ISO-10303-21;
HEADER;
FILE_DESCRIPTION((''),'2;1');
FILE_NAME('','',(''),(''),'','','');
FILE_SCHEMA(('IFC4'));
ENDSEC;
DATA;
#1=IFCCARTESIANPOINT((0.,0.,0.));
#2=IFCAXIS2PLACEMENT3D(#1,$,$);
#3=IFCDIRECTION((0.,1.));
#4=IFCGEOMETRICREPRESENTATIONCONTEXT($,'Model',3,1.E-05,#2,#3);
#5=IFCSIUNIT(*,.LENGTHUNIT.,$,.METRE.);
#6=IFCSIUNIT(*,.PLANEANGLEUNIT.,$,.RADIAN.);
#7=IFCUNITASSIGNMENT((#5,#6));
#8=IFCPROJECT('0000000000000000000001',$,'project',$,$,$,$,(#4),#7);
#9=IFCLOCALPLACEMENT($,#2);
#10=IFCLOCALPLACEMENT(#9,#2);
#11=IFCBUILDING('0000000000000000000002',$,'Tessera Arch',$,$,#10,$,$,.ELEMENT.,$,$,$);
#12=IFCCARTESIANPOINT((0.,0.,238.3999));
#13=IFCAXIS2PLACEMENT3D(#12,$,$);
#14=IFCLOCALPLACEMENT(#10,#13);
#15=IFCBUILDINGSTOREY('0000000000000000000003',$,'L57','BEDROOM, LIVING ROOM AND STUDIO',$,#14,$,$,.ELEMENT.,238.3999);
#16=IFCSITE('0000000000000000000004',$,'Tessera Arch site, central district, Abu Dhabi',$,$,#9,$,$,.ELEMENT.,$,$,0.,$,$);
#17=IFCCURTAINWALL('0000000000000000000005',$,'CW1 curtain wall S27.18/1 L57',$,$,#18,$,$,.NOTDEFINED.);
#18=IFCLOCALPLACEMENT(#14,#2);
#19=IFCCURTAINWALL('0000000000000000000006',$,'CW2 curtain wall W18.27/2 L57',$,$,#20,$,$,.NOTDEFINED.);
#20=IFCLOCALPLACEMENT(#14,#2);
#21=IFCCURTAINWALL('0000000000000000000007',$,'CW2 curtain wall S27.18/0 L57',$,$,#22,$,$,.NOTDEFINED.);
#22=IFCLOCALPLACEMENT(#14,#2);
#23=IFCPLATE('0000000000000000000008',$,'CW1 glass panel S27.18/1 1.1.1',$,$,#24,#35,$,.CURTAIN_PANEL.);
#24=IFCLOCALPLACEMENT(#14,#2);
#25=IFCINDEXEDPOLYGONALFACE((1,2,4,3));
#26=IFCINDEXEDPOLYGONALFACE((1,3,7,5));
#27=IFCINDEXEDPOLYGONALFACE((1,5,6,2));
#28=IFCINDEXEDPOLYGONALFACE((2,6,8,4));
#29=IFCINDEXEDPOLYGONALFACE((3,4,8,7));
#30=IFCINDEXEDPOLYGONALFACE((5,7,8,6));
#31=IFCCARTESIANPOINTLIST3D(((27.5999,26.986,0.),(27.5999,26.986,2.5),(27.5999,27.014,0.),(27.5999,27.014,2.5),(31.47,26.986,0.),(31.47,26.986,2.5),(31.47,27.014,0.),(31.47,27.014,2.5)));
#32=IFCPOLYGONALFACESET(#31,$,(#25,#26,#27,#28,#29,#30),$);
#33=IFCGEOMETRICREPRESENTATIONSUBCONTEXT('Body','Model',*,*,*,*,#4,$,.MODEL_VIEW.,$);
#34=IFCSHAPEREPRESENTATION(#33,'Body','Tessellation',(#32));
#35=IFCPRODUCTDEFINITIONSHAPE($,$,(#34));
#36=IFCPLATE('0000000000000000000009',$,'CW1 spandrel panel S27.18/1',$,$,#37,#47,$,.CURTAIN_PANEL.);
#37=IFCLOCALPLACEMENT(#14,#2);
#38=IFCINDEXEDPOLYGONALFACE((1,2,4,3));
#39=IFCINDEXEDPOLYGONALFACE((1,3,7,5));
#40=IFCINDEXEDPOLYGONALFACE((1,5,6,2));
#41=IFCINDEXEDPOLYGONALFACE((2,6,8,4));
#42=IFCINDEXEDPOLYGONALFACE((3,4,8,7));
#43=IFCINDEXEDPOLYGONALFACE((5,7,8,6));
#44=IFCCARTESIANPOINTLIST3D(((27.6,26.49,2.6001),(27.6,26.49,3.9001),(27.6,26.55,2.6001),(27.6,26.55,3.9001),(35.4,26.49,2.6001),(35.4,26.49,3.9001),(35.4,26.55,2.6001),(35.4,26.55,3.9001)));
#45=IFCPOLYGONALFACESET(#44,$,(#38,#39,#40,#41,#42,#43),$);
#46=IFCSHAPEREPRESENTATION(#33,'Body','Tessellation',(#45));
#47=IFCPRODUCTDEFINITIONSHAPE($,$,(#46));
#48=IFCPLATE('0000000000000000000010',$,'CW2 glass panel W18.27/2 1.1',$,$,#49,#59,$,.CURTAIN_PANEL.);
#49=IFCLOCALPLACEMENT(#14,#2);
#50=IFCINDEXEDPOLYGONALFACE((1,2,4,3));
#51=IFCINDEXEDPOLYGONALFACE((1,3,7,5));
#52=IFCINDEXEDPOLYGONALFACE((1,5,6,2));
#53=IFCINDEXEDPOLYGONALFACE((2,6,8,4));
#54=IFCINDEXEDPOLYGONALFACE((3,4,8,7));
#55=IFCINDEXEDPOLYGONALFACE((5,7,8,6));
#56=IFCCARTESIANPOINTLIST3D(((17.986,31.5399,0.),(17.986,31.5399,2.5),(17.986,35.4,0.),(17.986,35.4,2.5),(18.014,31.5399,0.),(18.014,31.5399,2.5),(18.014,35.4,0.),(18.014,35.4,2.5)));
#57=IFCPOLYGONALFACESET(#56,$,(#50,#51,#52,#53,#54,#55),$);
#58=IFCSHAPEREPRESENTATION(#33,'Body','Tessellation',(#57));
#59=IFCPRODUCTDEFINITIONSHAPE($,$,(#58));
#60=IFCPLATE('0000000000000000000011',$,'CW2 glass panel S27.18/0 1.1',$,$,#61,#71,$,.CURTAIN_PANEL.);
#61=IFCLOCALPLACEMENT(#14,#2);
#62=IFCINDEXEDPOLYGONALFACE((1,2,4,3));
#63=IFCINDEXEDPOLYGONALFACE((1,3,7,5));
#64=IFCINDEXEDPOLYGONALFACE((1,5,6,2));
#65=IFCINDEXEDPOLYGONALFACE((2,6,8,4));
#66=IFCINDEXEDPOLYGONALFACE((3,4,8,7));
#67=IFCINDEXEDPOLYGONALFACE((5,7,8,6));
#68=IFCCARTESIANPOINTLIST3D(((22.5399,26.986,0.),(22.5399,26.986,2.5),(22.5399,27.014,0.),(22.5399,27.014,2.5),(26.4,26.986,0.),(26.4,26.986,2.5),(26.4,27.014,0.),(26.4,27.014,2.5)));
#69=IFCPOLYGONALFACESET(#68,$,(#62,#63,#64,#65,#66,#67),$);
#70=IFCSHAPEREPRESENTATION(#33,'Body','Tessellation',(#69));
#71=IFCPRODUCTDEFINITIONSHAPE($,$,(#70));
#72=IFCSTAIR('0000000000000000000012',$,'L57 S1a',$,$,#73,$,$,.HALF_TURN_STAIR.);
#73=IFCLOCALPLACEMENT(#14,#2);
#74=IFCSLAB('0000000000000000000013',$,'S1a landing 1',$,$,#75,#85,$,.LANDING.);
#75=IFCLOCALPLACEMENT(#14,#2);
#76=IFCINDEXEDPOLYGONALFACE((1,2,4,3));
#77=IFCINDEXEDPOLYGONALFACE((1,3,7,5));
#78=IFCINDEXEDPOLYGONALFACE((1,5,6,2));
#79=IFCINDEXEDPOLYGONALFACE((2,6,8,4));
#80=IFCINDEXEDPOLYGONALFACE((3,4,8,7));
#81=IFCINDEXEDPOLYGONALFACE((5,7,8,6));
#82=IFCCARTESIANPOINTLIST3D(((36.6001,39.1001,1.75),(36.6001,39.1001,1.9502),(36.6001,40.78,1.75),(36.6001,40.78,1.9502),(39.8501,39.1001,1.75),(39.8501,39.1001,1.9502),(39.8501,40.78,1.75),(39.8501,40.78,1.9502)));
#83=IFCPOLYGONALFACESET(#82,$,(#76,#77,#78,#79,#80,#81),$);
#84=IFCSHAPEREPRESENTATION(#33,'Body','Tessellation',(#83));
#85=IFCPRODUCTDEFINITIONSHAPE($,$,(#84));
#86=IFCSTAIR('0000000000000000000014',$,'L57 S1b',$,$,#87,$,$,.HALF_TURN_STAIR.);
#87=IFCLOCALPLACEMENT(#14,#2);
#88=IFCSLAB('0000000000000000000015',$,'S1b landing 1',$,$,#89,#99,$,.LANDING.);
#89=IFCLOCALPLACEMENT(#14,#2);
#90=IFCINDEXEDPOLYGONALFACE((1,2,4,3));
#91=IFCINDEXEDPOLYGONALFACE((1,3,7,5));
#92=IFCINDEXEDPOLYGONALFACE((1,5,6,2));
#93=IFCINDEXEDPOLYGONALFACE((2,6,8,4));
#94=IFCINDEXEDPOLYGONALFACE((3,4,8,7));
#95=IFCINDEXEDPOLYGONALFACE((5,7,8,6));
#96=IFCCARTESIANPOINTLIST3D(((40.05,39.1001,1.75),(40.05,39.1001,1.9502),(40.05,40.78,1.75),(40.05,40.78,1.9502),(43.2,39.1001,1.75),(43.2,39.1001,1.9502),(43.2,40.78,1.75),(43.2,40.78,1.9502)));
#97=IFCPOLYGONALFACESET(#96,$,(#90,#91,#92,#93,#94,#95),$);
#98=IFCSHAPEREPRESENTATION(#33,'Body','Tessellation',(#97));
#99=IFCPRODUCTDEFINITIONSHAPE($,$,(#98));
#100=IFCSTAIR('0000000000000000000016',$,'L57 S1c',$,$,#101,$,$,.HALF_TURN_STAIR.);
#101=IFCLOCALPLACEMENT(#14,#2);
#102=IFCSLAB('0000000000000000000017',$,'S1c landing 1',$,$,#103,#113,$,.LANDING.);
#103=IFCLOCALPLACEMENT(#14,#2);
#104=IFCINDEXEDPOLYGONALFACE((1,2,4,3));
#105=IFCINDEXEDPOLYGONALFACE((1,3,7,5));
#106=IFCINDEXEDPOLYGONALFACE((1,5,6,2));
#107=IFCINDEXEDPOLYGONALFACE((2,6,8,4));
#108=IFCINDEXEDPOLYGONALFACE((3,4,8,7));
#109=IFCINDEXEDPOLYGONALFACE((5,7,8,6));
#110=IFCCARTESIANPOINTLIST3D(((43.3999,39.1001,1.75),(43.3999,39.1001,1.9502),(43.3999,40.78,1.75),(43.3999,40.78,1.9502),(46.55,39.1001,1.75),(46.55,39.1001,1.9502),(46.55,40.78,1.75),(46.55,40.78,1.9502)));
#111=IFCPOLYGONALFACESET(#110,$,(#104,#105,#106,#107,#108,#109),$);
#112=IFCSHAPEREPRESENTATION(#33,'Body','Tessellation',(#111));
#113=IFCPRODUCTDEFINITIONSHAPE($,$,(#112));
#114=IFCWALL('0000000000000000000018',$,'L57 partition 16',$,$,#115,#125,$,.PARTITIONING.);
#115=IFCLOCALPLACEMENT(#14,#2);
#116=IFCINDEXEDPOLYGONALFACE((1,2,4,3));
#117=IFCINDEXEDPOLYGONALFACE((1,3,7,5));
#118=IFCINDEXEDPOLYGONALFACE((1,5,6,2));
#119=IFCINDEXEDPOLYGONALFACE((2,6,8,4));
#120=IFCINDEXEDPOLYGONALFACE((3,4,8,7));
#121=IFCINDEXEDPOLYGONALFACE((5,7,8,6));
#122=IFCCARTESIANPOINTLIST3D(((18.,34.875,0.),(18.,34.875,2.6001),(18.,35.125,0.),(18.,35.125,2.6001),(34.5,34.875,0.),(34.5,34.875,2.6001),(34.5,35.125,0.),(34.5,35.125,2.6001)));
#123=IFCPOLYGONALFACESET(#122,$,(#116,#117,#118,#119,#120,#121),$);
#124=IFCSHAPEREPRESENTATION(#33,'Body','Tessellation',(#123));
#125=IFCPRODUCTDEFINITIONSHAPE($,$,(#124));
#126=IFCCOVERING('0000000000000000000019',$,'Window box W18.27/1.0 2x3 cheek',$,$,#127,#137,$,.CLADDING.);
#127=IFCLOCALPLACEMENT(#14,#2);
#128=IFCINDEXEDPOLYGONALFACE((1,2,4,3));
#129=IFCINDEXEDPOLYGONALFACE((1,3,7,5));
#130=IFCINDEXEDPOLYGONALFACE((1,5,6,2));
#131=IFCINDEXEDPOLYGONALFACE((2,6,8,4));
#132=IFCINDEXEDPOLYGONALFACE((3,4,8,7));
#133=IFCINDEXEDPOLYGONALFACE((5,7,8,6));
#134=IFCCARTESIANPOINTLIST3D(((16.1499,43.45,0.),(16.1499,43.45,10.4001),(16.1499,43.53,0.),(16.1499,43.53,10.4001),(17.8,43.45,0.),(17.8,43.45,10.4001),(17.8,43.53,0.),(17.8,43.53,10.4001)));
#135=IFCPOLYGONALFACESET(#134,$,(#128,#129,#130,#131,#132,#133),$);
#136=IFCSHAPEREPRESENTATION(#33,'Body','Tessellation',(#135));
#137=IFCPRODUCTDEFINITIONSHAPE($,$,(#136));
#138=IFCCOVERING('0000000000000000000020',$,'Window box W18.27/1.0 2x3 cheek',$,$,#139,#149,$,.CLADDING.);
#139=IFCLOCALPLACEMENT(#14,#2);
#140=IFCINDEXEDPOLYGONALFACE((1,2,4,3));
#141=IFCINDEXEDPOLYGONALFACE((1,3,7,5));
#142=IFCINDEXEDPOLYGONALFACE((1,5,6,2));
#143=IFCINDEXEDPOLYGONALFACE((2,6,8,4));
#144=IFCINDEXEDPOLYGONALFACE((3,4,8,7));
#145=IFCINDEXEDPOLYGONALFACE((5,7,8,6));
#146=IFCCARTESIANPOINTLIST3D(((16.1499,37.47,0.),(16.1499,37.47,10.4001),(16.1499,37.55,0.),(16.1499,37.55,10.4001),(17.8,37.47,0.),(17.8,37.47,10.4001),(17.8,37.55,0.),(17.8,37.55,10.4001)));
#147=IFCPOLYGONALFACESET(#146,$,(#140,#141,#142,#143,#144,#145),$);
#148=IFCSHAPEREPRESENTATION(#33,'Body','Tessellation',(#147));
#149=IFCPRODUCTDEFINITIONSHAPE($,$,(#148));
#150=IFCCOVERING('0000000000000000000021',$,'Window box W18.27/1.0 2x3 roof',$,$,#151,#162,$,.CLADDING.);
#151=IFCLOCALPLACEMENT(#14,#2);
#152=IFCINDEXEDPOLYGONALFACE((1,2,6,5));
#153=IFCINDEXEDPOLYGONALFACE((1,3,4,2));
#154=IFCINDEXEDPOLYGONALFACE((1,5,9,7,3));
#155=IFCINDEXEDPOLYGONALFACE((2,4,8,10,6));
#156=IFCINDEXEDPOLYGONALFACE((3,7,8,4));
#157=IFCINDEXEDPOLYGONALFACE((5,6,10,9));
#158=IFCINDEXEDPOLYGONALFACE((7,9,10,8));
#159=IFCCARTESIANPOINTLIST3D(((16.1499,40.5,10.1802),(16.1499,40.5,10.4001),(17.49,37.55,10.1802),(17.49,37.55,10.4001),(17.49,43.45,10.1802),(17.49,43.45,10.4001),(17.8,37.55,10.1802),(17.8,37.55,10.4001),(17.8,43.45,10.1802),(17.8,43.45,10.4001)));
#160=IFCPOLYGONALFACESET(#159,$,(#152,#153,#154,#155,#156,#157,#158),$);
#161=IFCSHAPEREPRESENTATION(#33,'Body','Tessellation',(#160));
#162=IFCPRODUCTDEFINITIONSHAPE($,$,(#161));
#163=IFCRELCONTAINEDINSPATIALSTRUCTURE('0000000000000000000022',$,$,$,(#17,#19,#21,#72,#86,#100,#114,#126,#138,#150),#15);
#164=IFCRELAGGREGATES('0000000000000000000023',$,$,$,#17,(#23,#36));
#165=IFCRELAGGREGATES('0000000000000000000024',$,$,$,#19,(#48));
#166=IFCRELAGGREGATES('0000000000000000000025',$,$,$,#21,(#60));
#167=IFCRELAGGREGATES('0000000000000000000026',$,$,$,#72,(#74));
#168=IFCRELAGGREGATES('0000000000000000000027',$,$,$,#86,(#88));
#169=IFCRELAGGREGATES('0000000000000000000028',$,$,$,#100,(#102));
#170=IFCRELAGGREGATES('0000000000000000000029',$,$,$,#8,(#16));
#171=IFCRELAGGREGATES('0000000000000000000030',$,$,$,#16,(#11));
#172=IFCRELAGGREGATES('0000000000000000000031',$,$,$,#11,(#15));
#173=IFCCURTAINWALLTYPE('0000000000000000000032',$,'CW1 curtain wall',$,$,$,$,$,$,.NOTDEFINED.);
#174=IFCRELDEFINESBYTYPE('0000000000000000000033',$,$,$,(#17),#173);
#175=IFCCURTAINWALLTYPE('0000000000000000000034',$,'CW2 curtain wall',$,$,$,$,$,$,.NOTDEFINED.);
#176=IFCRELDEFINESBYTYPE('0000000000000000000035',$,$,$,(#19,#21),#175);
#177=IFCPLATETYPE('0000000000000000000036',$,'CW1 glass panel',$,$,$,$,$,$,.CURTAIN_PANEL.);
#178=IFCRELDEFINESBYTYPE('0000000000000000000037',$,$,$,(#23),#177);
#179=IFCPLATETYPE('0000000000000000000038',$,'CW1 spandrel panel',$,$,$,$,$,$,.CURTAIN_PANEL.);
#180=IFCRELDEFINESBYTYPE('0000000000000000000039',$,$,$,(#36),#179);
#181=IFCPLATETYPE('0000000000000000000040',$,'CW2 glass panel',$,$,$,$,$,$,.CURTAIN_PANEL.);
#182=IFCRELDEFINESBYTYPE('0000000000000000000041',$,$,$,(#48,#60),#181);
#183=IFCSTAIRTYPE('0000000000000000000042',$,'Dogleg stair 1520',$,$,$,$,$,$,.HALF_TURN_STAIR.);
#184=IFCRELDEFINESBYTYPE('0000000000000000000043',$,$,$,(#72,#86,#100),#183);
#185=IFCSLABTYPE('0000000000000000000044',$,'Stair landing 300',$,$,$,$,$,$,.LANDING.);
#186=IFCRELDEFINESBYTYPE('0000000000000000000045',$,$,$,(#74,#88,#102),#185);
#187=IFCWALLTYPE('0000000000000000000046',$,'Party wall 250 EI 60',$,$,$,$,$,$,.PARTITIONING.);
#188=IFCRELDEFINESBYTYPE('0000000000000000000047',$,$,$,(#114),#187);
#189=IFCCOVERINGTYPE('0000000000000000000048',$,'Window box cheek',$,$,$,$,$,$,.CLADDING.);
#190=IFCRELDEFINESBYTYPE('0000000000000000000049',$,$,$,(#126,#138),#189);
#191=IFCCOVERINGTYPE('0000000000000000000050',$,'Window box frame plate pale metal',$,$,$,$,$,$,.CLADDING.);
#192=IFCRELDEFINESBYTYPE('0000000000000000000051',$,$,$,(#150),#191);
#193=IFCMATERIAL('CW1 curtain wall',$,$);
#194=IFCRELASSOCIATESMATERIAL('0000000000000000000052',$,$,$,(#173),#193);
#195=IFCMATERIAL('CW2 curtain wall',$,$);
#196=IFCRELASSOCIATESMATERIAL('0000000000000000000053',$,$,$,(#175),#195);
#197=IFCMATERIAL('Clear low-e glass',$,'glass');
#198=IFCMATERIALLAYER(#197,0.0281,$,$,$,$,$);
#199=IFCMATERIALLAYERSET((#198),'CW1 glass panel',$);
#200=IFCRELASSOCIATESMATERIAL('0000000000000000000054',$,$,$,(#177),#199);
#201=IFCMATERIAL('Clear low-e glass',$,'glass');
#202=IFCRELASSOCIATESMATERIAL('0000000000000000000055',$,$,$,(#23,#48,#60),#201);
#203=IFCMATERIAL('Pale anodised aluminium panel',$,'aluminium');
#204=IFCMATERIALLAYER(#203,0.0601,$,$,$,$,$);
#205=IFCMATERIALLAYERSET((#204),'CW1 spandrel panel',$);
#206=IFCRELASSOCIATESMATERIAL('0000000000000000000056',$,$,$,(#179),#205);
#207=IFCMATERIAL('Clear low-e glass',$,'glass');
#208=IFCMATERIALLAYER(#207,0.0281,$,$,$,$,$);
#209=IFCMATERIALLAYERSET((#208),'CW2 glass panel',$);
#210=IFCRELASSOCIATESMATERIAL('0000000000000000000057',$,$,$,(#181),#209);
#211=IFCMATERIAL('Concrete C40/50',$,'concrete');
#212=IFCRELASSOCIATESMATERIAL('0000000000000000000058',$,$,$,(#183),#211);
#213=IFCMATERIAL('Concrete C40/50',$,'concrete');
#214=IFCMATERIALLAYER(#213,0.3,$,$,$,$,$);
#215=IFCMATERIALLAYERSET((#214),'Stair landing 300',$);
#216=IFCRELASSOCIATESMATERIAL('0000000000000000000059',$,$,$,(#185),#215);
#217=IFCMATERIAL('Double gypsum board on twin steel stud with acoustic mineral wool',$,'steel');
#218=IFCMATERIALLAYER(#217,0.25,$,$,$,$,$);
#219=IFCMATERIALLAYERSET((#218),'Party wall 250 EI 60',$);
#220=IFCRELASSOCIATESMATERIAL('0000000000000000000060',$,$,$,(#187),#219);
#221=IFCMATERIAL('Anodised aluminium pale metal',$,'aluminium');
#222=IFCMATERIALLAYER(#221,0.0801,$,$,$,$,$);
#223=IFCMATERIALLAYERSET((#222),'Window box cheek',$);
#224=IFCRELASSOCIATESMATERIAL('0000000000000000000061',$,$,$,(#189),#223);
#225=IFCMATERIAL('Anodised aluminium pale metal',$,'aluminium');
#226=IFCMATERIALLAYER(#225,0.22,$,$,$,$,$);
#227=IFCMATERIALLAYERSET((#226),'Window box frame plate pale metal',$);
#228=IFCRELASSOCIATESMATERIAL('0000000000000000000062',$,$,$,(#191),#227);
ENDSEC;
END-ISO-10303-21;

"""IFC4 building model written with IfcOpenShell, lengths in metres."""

from ifc_helpers import new_model, si_unit, direction, frame, frame_2d, origin, origin_2d, place, context, subcontext, project, spatial, polyline, rectangle, outline, extrude, material, layer, layer_set, type_object, element, aggregate, save


model = new_model("IFC4")

# Units and contexts
model_context = context("Model", 3, precision=1e-05, world=origin(), true_north=direction((0.0, 1.0)))
body_context = subcontext(model_context, "Body", "Model", "MODEL_VIEW")
ifc_project = project(units=[si_unit("LENGTHUNIT", "METRE"), si_unit("PLANEANGLEUNIT", "RADIAN")], contexts=[model_context])

# Site, building, storey
site_placement = place(None, origin())
site = spatial("IfcSite", under=ifc_project, at=site_placement, Name="Tessera Arch site, central district, Abu Dhabi", CompositionType="ELEMENT", RefElevation=0.0)
building_placement = place(site_placement, origin())
building = spatial("IfcBuilding", under=site, at=building_placement, Name="Tessera Arch", CompositionType="ELEMENT")
storey_placement = place(building_placement, frame((0.0, 0.0, 238.3999)))
storey = spatial("IfcBuildingStorey", under=building, at=storey_placement, Name="L57", Description="BEDROOM, LIVING ROOM AND STUDIO", CompositionType="ELEMENT", Elevation=238.3999)

# Curtain wall
ifc_material_1 = material(Name="CW1 curtain wall")
curtain_wall_type_1 = type_object("IfcCurtainWallType", Name="CW1 curtain wall", PredefinedType="NOTDEFINED", material=ifc_material_1)
curtain_wall_1_placement = place(storey_placement, origin())
curtain_wall_1 = element("IfcCurtainWall", 1, at=curtain_wall_1_placement, inside=storey, type_object=curtain_wall_type_1, Name="CW1 curtain wall S27.18/1 L57", PredefinedType="NOTDEFINED")

# Curtain walls
ifc_material_2 = material(Name="CW2 curtain wall")
curtain_wall_type_2 = type_object("IfcCurtainWallType", Name="CW2 curtain wall", PredefinedType="NOTDEFINED", material=ifc_material_2)
curtain_wall_2_placement = place(storey_placement, origin())
curtain_wall_2 = element("IfcCurtainWall", 2, at=curtain_wall_2_placement, inside=storey, type_object=curtain_wall_type_2, Name="CW2 curtain wall W18.27/2 L57", PredefinedType="NOTDEFINED")
curtain_wall_3_placement = place(storey_placement, origin())
curtain_wall_3 = element("IfcCurtainWall", 3, at=curtain_wall_3_placement, inside=storey, type_object=curtain_wall_type_2, Name="CW2 curtain wall S27.18/0 L57", PredefinedType="NOTDEFINED")

# Plates
ifc_material_3 = material(Name="Clear low-e glass", Category="glass")
ifc_material_4 = material(Name="Clear low-e glass", Category="glass")
ifc_layer_1 = layer(ifc_material_4, 0.0281)
ifc_layer_set_1 = layer_set([ifc_layer_1], Name="CW1 glass panel")
plate_type_1 = type_object("IfcPlateType", Name="CW1 glass panel", PredefinedType="CURTAIN_PANEL", material=ifc_layer_set_1)
plate_1_placement = place(storey_placement, frame((29.5349, 27.0, 0.0), z_axis=(0.0, 0.0, 1.0), x_axis=(1.0, 0.0, 0.0)))
plate_1 = element("IfcPlate", 4, at=plate_1_placement, type_object=plate_type_1, material=ifc_material_3, Name="CW1 glass panel S27.18/1 1.1.1", PredefinedType="CURTAIN_PANEL", context=body_context, shape_type="SweptSolid", body=[
    extrude(rectangle(XDim=3.8701, YDim=0.0281, at=origin_2d()), origin(), (0.0, 0.0, 1.0), 2.5),
])
ifc_material_5 = material(Name="Pale anodised aluminium panel", Category="aluminium")
ifc_layer_2 = layer(ifc_material_5, 0.0601)
ifc_layer_set_2 = layer_set([ifc_layer_2], Name="CW1 spandrel panel")
plate_type_2 = type_object("IfcPlateType", Name="CW1 spandrel panel", PredefinedType="CURTAIN_PANEL", material=ifc_layer_set_2)
plate_2_placement = place(storey_placement, frame((31.5, 26.52, 2.6001), z_axis=(0.0, 0.0, 1.0), x_axis=(1.0, 0.0, 0.0)))
plate_2 = element("IfcPlate", 5, at=plate_2_placement, type_object=plate_type_2, Name="CW1 spandrel panel S27.18/1", PredefinedType="CURTAIN_PANEL", context=body_context, shape_type="SweptSolid", body=[
    extrude(rectangle(XDim=7.8, YDim=0.0601, at=origin_2d()), origin(), (0.0, 0.0, 1.0), 1.3),
])
aggregate(curtain_wall_1, [plate_1, plate_2])
ifc_material_6 = material(Name="Clear low-e glass", Category="glass")
ifc_layer_3 = layer(ifc_material_6, 0.0281)
ifc_layer_set_3 = layer_set([ifc_layer_3], Name="CW2 glass panel")
plate_type_3 = type_object("IfcPlateType", Name="CW2 glass panel", PredefinedType="CURTAIN_PANEL", material=ifc_layer_set_3)
plate_3_placement = place(storey_placement, frame((18.0, 33.47, 0.0), z_axis=(0.0, 0.0, 1.0), x_axis=(0.0, -1.0, 0.0)))
plate_3 = element("IfcPlate", 6, at=plate_3_placement, type_object=plate_type_3, material=ifc_material_3, Name="CW2 glass panel W18.27/2 1.1", PredefinedType="CURTAIN_PANEL", context=body_context, shape_type="SweptSolid", body=[
    extrude(rectangle(XDim=3.8601, YDim=0.0281, at=origin_2d()), origin(), (0.0, 0.0, 1.0), 2.5),
])
aggregate(curtain_wall_2, [plate_3])
plate_4_placement = place(storey_placement, frame((24.47, 27.0, 0.0), z_axis=(0.0, 0.0, 1.0), x_axis=(1.0, 0.0, 0.0)))
plate_4 = element("IfcPlate", 7, at=plate_4_placement, type_object=plate_type_3, material=ifc_material_3, Name="CW2 glass panel S27.18/0 1.1", PredefinedType="CURTAIN_PANEL", context=body_context, shape_type="SweptSolid", body=[
    extrude(rectangle(XDim=3.8601, YDim=0.0281, at=origin_2d()), origin(), (0.0, 0.0, 1.0), 2.5),
])
aggregate(curtain_wall_3, [plate_4])

# Stairs, slabs
ifc_material_7 = material(Name="Concrete C40/50", Category="concrete")
stair_type = type_object("IfcStairType", Name="Dogleg stair 1520", PredefinedType="HALF_TURN_STAIR", material=ifc_material_7)
stair_1_placement = place(storey_placement, origin())
stair_1 = element("IfcStair", 8, at=stair_1_placement, inside=storey, type_object=stair_type, Name="L57 S1a", PredefinedType="HALF_TURN_STAIR")
ifc_material_8 = material(Name="Concrete C40/50", Category="concrete")
ifc_layer_4 = layer(ifc_material_8, 0.3)
ifc_layer_set_4 = layer_set([ifc_layer_4], Name="Stair landing 300")
slab_type = type_object("IfcSlabType", Name="Stair landing 300", PredefinedType="LANDING", material=ifc_layer_set_4)
slab_1_placement = place(storey_placement, frame((0.0, 0.0, 1.75)))
slab_1 = element("IfcSlab", 9, at=slab_1_placement, type_object=slab_type, Name="S1a landing 1", PredefinedType="LANDING", context=body_context, shape_type="SweptSolid", body=[
    extrude(outline(polyline([(36.6001, 40.78), (36.6001, 39.1001), (39.8501, 39.1001), (39.8501, 40.78), (36.6001, 40.78)])), origin(), (0.0, 0.0, 1.0), 0.2002),
])
aggregate(stair_1, [slab_1])
stair_2_placement = place(storey_placement, origin())
stair_2 = element("IfcStair", 10, at=stair_2_placement, inside=storey, type_object=stair_type, Name="L57 S1b", PredefinedType="HALF_TURN_STAIR")
slab_2_placement = place(storey_placement, frame((0.0, 0.0, 1.75)))
slab_2 = element("IfcSlab", 11, at=slab_2_placement, type_object=slab_type, Name="S1b landing 1", PredefinedType="LANDING", context=body_context, shape_type="SweptSolid", body=[
    extrude(outline(polyline([(40.05, 40.78), (40.05, 39.1001), (43.2, 39.1001), (43.2, 40.78), (40.05, 40.78)])), origin(), (0.0, 0.0, 1.0), 0.2002),
])
aggregate(stair_2, [slab_2])
stair_3_placement = place(storey_placement, origin())
stair_3 = element("IfcStair", 12, at=stair_3_placement, inside=storey, type_object=stair_type, Name="L57 S1c", PredefinedType="HALF_TURN_STAIR")
slab_3_placement = place(storey_placement, frame((0.0, 0.0, 1.75)))
slab_3 = element("IfcSlab", 13, at=slab_3_placement, type_object=slab_type, Name="S1c landing 1", PredefinedType="LANDING", context=body_context, shape_type="SweptSolid", body=[
    extrude(outline(polyline([(43.3999, 40.78), (43.3999, 39.1001), (46.55, 39.1001), (46.55, 40.78), (43.3999, 40.78)])), origin(), (0.0, 0.0, 1.0), 0.2002),
])
aggregate(stair_3, [slab_3])

# Wall
ifc_material_9 = material(Name="Double gypsum board on twin steel stud with acoustic mineral wool", Category="steel")
ifc_layer_5 = layer(ifc_material_9, 0.25)
ifc_layer_set_5 = layer_set([ifc_layer_5], Name="Party wall 250 EI 60")
wall_type = type_object("IfcWallType", Name="Party wall 250 EI 60", PredefinedType="PARTITIONING", material=ifc_layer_set_5)
wall_placement = place(storey_placement, frame((18.0, 35.0, 0.0), z_axis=(0.0, 0.0, 1.0), x_axis=(1.0, 0.0, 0.0)))
element("IfcWall", 14, at=wall_placement, inside=storey, type_object=wall_type, Name="L57 partition 16", PredefinedType="PARTITIONING", context=body_context, shape_type="SweptSolid", body=[
    extrude(rectangle(XDim=16.5, YDim=0.25, at=frame_2d((8.25, 0.0))), origin(), (0.0, 0.0, 1.0), 2.6001),
])

# Coverings
ifc_material_10 = material(Name="Anodised aluminium pale metal", Category="aluminium")
ifc_layer_6 = layer(ifc_material_10, 0.0801)
ifc_layer_set_6 = layer_set([ifc_layer_6], Name="Window box cheek")
covering_type_1 = type_object("IfcCoveringType", Name="Window box cheek", PredefinedType="CLADDING", material=ifc_layer_set_6)
covering_1_placement = place(storey_placement, origin())
element("IfcCovering", 15, at=covering_1_placement, inside=storey, type_object=covering_type_1, Name="Window box W18.27/1.0 2x3 cheek", PredefinedType="CLADDING", context=body_context, shape_type="SweptSolid", body=[
    extrude(outline(polyline([(16.1499, 43.53), (16.1499, 43.45), (17.8, 43.45), (17.8, 43.53), (16.1499, 43.53)])), origin(), (0.0, 0.0, 1.0), 10.4001),
])
covering_2_placement = place(storey_placement, origin())
element("IfcCovering", 16, at=covering_2_placement, inside=storey, type_object=covering_type_1, Name="Window box W18.27/1.0 2x3 cheek", PredefinedType="CLADDING", context=body_context, shape_type="SweptSolid", body=[
    extrude(outline(polyline([(16.1499, 37.55), (16.1499, 37.47), (17.8, 37.47), (17.8, 37.55), (16.1499, 37.55)])), origin(), (0.0, 0.0, 1.0), 10.4001),
])
ifc_material_11 = material(Name="Anodised aluminium pale metal", Category="aluminium")
ifc_layer_7 = layer(ifc_material_11, 0.22)
ifc_layer_set_7 = layer_set([ifc_layer_7], Name="Window box frame plate pale metal")
covering_type_2 = type_object("IfcCoveringType", Name="Window box frame plate pale metal", PredefinedType="CLADDING", material=ifc_layer_set_7)
covering_3_placement = place(storey_placement, frame((0.0, 0.0, 10.1802)))
element("IfcCovering", 17, at=covering_3_placement, inside=storey, type_object=covering_type_2, Name="Window box W18.27/1.0 2x3 roof", PredefinedType="CLADDING", context=body_context, shape_type="SweptSolid", body=[
    extrude(outline(polyline([(17.49, 43.45), (16.1499, 40.5), (17.49, 37.55), (17.8, 37.55), (17.8, 43.45), (17.49, 43.45)])), origin(), (0.0, 0.0, 1.0), 0.22),
])

save(model, "model.ifc")
